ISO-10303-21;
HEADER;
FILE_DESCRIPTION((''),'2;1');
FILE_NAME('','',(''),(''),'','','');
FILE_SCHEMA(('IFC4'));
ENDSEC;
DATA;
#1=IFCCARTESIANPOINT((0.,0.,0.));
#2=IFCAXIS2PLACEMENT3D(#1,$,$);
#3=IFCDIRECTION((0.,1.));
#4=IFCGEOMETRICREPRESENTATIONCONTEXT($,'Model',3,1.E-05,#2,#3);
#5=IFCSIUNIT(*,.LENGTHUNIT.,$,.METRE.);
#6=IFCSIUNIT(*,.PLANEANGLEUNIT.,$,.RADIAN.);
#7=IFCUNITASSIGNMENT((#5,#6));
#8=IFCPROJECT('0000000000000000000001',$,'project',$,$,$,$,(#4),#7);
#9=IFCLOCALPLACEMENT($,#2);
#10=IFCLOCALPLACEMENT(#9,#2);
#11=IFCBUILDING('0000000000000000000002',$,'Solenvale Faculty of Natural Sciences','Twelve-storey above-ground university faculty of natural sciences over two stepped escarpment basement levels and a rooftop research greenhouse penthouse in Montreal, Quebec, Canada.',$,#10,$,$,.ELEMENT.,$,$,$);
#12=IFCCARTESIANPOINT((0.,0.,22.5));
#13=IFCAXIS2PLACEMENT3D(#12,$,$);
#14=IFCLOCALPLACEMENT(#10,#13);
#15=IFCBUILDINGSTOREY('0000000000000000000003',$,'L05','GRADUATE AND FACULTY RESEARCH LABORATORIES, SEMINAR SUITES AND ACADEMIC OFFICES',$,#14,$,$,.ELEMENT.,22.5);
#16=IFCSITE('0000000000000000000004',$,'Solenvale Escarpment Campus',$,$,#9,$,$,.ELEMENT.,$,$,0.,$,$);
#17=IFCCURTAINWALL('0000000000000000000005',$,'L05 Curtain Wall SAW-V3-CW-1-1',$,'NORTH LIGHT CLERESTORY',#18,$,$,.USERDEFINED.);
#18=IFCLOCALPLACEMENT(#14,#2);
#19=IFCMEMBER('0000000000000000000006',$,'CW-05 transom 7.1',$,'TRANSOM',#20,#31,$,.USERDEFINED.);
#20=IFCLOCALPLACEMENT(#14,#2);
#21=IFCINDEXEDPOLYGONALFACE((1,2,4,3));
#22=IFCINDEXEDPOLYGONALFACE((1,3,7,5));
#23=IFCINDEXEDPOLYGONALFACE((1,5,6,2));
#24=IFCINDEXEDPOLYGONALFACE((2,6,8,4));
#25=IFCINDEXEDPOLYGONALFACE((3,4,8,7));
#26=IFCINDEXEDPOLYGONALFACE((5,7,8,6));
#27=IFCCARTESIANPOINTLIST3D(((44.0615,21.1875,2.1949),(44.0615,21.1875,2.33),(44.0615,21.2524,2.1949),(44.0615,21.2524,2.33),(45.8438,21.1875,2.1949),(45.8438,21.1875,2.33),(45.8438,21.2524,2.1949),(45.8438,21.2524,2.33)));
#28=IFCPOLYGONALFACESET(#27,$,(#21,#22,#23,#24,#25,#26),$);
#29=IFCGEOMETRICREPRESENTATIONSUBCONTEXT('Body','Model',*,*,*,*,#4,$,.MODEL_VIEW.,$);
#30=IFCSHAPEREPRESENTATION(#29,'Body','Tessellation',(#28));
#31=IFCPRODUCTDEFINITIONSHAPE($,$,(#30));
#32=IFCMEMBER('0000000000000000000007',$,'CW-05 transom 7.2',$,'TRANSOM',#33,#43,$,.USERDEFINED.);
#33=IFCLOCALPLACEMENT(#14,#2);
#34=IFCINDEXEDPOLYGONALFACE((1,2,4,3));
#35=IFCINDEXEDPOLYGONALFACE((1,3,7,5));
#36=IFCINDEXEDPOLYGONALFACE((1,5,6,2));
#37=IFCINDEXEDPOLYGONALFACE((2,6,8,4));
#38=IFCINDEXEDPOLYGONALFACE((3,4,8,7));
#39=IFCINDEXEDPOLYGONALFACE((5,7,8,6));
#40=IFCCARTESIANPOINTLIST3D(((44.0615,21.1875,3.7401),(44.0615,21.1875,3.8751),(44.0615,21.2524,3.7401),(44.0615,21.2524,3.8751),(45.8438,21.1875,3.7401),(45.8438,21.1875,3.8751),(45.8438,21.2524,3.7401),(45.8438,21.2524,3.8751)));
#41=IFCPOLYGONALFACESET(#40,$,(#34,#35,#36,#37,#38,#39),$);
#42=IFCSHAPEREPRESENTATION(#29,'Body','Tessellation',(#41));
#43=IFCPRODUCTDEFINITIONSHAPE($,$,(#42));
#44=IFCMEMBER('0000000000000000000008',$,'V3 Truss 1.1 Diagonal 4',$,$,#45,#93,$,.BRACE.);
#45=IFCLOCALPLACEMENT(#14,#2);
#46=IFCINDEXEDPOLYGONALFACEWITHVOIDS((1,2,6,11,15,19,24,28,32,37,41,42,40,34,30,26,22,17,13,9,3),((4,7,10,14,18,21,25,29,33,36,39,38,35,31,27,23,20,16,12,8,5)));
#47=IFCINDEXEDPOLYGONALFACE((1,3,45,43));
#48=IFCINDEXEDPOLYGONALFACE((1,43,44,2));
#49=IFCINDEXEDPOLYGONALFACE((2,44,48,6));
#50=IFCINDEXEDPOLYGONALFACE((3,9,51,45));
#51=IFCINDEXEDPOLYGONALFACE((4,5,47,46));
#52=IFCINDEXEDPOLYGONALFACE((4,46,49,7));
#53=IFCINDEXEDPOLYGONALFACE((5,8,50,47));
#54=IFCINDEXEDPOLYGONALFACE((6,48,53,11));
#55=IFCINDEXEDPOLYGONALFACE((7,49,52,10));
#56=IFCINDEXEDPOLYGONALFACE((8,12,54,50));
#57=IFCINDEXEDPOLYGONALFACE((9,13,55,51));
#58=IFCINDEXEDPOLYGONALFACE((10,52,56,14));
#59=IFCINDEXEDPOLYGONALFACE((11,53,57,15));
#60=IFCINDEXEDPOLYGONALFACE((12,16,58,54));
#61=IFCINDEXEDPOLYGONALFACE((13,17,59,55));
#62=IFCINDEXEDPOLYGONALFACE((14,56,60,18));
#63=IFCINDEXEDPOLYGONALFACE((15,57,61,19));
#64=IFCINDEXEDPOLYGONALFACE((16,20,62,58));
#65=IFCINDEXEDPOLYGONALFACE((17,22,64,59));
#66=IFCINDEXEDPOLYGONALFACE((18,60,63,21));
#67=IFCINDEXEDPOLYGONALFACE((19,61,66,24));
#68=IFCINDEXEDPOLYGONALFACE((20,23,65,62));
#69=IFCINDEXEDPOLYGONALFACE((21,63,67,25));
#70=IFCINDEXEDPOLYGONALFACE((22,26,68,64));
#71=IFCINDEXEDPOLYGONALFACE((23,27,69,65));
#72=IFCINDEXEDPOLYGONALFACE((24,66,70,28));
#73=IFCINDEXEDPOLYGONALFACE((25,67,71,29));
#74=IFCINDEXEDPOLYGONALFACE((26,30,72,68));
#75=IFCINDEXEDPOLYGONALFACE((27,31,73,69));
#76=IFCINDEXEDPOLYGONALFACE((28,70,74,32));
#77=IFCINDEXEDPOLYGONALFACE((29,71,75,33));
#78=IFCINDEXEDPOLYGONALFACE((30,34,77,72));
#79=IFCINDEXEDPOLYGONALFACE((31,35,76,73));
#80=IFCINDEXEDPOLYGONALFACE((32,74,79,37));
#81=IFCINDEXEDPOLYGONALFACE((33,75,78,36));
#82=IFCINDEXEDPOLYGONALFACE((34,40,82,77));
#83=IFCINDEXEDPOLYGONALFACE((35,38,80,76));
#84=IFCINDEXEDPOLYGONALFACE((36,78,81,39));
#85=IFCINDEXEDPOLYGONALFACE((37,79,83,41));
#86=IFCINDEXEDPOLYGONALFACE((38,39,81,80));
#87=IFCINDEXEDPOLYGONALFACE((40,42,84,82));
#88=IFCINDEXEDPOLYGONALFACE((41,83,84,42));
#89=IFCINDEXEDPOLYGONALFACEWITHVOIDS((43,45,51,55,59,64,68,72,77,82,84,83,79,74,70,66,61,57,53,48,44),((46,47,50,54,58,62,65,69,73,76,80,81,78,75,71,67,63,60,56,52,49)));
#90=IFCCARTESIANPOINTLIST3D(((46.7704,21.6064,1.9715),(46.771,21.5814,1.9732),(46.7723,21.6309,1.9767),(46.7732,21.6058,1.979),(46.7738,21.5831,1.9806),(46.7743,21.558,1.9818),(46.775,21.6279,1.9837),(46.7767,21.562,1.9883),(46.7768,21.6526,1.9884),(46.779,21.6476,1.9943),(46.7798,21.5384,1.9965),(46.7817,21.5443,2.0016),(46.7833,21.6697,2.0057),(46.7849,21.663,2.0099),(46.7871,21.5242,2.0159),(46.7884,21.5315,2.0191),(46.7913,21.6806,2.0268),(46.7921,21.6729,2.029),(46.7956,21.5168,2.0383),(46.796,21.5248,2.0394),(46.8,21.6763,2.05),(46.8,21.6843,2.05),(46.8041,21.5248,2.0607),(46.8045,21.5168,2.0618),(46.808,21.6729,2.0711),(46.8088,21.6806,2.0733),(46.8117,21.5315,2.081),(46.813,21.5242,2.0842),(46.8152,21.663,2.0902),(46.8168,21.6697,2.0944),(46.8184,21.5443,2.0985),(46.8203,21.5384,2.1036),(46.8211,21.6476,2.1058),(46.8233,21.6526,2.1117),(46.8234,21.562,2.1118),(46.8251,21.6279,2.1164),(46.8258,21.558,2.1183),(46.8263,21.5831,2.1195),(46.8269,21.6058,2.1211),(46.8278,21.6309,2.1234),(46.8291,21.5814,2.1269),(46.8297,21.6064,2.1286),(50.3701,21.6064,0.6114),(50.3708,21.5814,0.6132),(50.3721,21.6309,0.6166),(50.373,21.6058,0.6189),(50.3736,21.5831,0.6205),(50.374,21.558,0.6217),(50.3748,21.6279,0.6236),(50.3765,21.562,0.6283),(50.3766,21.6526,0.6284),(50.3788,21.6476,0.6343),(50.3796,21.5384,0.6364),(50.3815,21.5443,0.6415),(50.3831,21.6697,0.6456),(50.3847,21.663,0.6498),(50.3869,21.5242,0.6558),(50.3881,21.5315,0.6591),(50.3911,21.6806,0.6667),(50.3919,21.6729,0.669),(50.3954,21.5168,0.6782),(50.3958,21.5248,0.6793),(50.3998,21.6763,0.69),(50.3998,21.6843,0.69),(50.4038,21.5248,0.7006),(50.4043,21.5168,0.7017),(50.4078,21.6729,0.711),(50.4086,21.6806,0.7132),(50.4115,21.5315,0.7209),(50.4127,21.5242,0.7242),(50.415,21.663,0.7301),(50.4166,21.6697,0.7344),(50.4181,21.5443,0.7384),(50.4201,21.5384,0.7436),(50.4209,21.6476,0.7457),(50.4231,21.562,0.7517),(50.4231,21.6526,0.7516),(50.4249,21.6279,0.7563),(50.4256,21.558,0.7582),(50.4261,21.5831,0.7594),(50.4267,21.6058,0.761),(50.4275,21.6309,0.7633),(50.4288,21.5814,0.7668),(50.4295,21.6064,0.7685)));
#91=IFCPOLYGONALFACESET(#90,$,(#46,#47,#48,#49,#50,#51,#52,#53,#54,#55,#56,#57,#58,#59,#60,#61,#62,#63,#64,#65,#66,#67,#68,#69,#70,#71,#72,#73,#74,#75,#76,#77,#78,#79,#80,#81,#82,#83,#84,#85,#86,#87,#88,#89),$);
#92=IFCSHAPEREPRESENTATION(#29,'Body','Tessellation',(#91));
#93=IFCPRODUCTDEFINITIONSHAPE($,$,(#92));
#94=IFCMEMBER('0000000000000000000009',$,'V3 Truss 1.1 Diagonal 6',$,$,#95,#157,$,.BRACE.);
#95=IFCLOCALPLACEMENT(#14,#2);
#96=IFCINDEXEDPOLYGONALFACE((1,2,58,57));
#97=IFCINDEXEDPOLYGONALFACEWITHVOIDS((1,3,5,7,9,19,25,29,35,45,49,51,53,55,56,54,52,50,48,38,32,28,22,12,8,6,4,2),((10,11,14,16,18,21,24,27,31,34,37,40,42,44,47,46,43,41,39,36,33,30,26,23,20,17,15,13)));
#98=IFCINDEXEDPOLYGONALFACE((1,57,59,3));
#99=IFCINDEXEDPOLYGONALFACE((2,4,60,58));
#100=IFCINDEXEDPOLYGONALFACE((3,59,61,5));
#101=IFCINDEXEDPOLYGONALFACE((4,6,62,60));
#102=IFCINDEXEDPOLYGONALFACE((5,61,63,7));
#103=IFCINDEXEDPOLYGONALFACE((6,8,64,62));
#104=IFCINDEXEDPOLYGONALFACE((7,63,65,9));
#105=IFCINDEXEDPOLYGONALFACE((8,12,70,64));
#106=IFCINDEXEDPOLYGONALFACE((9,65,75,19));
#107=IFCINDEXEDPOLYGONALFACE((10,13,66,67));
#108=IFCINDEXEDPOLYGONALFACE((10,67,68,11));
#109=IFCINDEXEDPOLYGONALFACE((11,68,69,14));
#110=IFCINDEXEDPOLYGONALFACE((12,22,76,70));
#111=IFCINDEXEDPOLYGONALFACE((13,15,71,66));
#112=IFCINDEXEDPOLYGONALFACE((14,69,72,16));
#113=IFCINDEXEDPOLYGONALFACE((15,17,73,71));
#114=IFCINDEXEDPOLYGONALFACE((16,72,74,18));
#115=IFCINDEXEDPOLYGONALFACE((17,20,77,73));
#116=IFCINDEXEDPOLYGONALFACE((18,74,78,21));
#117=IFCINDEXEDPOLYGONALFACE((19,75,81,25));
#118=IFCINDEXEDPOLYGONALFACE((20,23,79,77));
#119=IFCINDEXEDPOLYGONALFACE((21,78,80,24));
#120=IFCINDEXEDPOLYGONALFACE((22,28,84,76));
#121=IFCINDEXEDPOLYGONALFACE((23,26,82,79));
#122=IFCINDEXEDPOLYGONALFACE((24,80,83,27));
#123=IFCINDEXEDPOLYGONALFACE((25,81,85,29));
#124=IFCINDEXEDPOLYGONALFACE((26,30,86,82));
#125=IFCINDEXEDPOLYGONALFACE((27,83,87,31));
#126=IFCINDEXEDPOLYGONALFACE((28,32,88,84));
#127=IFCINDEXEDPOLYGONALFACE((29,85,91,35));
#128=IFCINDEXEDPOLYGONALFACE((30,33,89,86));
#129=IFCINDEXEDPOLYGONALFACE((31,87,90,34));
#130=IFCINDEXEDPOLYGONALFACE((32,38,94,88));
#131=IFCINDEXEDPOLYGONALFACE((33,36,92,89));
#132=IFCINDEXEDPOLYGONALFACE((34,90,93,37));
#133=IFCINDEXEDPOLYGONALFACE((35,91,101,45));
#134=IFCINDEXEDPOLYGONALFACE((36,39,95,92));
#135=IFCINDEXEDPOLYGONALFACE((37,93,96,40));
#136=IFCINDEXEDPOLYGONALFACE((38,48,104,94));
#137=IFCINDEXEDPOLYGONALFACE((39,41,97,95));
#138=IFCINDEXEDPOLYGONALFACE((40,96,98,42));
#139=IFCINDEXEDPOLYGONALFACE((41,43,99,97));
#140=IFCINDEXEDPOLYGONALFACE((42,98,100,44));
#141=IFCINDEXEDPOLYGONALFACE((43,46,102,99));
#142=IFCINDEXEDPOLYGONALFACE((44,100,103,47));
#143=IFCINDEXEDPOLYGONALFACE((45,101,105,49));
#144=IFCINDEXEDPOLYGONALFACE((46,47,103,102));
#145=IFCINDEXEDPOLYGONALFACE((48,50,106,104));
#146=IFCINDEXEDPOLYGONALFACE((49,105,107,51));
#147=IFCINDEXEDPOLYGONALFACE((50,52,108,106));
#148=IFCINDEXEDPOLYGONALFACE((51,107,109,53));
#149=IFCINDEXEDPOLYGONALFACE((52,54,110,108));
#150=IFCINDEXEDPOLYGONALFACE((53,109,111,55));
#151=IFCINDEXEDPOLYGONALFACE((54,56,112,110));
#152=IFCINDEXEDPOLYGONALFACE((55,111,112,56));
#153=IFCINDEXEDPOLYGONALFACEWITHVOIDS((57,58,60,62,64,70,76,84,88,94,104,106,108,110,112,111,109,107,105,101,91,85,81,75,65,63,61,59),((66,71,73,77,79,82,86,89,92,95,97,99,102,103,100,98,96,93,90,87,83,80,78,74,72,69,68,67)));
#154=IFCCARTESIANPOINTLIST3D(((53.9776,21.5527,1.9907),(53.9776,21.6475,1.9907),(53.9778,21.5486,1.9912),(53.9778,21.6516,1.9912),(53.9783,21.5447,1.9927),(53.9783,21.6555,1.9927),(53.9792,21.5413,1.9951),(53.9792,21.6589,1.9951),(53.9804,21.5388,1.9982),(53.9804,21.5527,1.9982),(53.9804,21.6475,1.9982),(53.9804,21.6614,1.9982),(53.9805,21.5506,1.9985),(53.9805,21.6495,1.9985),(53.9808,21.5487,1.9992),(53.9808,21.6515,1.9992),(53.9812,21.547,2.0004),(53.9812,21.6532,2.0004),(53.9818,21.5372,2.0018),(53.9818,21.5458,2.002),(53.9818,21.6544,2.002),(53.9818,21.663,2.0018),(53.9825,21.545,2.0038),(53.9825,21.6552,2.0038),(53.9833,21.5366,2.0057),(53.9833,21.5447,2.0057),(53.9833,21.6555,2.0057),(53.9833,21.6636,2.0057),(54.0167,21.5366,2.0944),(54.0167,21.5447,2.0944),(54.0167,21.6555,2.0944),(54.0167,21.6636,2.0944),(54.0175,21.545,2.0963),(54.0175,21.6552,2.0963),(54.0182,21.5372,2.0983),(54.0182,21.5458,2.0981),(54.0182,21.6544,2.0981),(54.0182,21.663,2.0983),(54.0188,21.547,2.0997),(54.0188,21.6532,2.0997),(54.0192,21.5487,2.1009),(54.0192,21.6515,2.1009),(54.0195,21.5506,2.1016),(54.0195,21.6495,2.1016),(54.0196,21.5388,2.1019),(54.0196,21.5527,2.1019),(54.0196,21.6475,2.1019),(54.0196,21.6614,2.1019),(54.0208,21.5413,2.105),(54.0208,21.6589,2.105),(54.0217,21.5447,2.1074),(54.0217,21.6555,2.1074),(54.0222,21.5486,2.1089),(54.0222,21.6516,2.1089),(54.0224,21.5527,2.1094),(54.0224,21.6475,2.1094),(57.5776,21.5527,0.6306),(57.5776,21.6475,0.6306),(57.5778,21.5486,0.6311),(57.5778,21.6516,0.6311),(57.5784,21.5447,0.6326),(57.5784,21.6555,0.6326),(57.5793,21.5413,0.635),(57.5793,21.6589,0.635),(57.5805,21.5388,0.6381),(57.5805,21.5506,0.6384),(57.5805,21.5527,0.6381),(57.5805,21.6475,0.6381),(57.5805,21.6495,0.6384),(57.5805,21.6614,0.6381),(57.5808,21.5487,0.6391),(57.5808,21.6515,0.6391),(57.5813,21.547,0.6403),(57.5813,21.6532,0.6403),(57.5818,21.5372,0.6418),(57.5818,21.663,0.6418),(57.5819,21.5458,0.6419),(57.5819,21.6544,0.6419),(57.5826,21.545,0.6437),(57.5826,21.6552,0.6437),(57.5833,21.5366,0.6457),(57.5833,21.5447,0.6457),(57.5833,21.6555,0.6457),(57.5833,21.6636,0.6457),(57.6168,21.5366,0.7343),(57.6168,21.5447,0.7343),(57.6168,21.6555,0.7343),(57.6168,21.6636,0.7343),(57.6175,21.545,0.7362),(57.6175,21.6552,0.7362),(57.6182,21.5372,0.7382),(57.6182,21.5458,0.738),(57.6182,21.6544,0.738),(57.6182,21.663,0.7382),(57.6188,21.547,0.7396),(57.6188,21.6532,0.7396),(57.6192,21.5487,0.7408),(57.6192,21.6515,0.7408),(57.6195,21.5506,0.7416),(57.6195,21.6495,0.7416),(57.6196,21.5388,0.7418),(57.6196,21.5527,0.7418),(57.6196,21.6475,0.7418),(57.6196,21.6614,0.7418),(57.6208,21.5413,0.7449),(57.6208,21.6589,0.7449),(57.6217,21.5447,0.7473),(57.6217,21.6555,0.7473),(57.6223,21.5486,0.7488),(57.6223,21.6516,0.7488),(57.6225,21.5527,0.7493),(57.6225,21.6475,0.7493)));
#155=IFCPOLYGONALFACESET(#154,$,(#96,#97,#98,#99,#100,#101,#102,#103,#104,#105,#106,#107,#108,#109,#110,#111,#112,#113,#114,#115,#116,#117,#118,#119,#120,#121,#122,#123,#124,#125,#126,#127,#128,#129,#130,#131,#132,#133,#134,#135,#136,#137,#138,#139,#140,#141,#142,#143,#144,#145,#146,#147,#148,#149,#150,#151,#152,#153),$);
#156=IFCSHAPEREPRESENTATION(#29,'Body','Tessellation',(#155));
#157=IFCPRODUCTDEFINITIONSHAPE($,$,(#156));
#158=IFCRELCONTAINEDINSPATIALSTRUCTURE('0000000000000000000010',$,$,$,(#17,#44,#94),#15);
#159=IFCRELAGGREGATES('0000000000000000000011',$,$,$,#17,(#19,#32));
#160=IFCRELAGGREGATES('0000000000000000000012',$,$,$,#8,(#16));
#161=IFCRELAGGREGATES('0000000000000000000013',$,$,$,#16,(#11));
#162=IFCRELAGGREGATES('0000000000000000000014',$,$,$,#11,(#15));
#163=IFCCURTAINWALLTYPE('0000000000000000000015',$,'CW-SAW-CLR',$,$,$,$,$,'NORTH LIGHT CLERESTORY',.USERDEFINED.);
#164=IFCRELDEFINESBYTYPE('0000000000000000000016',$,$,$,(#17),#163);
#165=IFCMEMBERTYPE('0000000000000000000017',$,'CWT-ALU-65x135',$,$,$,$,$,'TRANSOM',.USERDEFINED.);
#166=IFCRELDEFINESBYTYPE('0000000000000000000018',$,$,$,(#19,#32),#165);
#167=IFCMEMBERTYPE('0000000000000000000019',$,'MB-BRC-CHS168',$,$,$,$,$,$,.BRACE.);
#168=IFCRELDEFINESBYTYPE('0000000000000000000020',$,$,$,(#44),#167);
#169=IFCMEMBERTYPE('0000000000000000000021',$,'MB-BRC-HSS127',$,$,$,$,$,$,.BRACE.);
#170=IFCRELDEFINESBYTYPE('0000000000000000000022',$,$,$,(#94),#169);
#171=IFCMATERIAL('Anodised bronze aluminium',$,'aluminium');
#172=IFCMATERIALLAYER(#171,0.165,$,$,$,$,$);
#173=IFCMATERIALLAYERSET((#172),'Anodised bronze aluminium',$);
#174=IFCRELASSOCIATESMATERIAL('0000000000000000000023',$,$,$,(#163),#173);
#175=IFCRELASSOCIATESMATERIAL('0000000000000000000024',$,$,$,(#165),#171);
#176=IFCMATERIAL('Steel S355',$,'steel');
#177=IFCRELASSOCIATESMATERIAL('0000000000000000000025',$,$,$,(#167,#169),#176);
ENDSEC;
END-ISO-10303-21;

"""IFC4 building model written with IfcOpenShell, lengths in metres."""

from ifc_helpers import new_model, si_unit, direction, frame, origin, origin_2d, place, context, subcontext, project, spatial, rectangle, hollow_rectangle, hollow_circle, extrude, material, layer, layer_set, material_profile, profile_set, type_object, element, aggregate, save


model = new_model("IFC4")

# Units and contexts
model_context = context("Model", 3, precision=1e-05, world=origin(), true_north=direction((0.0, 1.0)))
body_context = subcontext(model_context, "Body", "Model", "MODEL_VIEW")
ifc_project = project(units=[si_unit("LENGTHUNIT", "METRE"), si_unit("PLANEANGLEUNIT", "RADIAN")], contexts=[model_context])

# Site, building, storey
site_placement = place(None, origin())
site = spatial("IfcSite", under=ifc_project, at=site_placement, Name="Solenvale Escarpment Campus", CompositionType="ELEMENT", RefElevation=0.0)
building_placement = place(site_placement, origin())
building = spatial("IfcBuilding", under=site, at=building_placement, Name="Solenvale Faculty of Natural Sciences", Description="Twelve-storey above-ground university faculty of natural sciences over two stepped escarpment basement levels and a rooftop research greenhouse penthouse in Montreal, Quebec, Canada.", CompositionType="ELEMENT")
storey_placement = place(building_placement, frame((0.0, 0.0, 22.5)))
storey = spatial("IfcBuildingStorey", under=building, at=storey_placement, Name="L05", Description="GRADUATE AND FACULTY RESEARCH LABORATORIES, SEMINAR SUITES AND ACADEMIC OFFICES", CompositionType="ELEMENT", Elevation=22.5)

# Curtain wall, members
ifc_material_1 = material(Name="Anodised bronze aluminium", Category="aluminium")
ifc_layer_1 = layer(ifc_material_1, 0.165)
ifc_layer_set_1 = layer_set([ifc_layer_1], Name="Anodised bronze aluminium")
curtain_wall_type = type_object("IfcCurtainWallType", Name="CW-SAW-CLR", ElementType="NORTH LIGHT CLERESTORY", PredefinedType="USERDEFINED", material=ifc_layer_set_1)
curtain_wall_placement = place(storey_placement, origin())
curtain_wall = element("IfcCurtainWall", 1, at=curtain_wall_placement, inside=storey, type_object=curtain_wall_type, Name="L05 Curtain Wall SAW-V3-CW-1-1", ObjectType="NORTH LIGHT CLERESTORY", PredefinedType="USERDEFINED")
ifc_material_profile_1 = material_profile(ifc_material_1, rectangle(XDim=0.0649, YDim=0.135, at=origin_2d()), Name="ALU-TRN-65x135")
ifc_profile_set_1 = profile_set([ifc_material_profile_1], Name="Anodised bronze aluminium")
member_type_1 = type_object("IfcMemberType", Name="CWT-ALU-65x135", ElementType="TRANSOM", PredefinedType="USERDEFINED", material=ifc_profile_set_1)
member_1_placement = place(storey_placement, frame((45.8438, 21.22, 2.2625), z_axis=(-1.0, 0.0, 0.0), x_axis=(0.0, -1.0, 0.0)))
member_1 = element("IfcMember", 2, at=member_1_placement, type_object=member_type_1, Name="CW-05 transom 7.1", ObjectType="TRANSOM", PredefinedType="USERDEFINED", context=body_context, shape_type="SweptSolid", body=[
    extrude(rectangle(XDim=0.0649, YDim=0.135, at=origin_2d()), origin(), (0.0, 0.0, 1.0), 1.7822),
])
member_2_placement = place(storey_placement, frame((45.8438, 21.22, 3.8076), z_axis=(-1.0, 0.0, 0.0), x_axis=(0.0, -1.0, 0.0)))
member_2 = element("IfcMember", 3, at=member_2_placement, type_object=member_type_1, Name="CW-05 transom 7.2", ObjectType="TRANSOM", PredefinedType="USERDEFINED", context=body_context, shape_type="SweptSolid", body=[
    extrude(rectangle(XDim=0.0649, YDim=0.135, at=origin_2d()), origin(), (0.0, 0.0, 1.0), 1.7822),
])

# Members
ifc_material_2 = material(Name="Steel S355", Category="steel")
ifc_material_profile_2 = material_profile(ifc_material_2, hollow_circle(Radius=0.0842, WallThickness=0.0081, at=origin_2d()), Name="HSS168x8.0")
ifc_profile_set_2 = profile_set([ifc_material_profile_2], Name="Steel S355")
member_type_2 = type_object("IfcMemberType", Name="MB-BRC-CHS168", PredefinedType="BRACE", material=ifc_profile_set_2)
member_3_placement = place(storey_placement, frame((46.8, 21.6001, 2.05), z_axis=(0.935458, 0.0, -0.353438), x_axis=(0.0, 1.0, 0.0)))
element("IfcMember", 4, at=member_3_placement, inside=storey, type_object=member_type_2, Name="V3 Truss 1.1 Diagonal 4", PredefinedType="BRACE", context=body_context, shape_type="SweptSolid", body=[
    extrude(hollow_circle(Radius=0.0842, WallThickness=0.0081, at=origin_2d()), origin(), (0.0, 0.0, 1.0), 3.8481),
])
ifc_material_profile_3 = material_profile(ifc_material_2, hollow_rectangle(XDim=0.127, YDim=0.127, WallThickness=0.0081, InnerFilletRadius=0.0081, OuterFilletRadius=0.0161, at=origin_2d()), Name="HSS127x127x8.0")
ifc_profile_set_3 = profile_set([ifc_material_profile_3], Name="Steel S355")
member_type_3 = type_object("IfcMemberType", Name="MB-BRC-HSS127", PredefinedType="BRACE", material=ifc_profile_set_3)
member_4_placement = place(storey_placement, frame((54.0, 21.6001, 2.05), z_axis=(0.935466, 0.0, -0.353417), x_axis=(0.0, 1.0, 0.0)))
element("IfcMember", 5, at=member_4_placement, inside=storey, type_object=member_type_3, Name="V3 Truss 1.1 Diagonal 6", PredefinedType="BRACE", context=body_context, shape_type="SweptSolid", body=[
    extrude(hollow_rectangle(XDim=0.127, YDim=0.127, WallThickness=0.0081, InnerFilletRadius=0.0081, OuterFilletRadius=0.0161, at=origin_2d()), origin(), (0.0, 0.0, 1.0), 3.8484),
])

aggregate(curtain_wall, [member_1, member_2])

save(model, "model.ifc")
